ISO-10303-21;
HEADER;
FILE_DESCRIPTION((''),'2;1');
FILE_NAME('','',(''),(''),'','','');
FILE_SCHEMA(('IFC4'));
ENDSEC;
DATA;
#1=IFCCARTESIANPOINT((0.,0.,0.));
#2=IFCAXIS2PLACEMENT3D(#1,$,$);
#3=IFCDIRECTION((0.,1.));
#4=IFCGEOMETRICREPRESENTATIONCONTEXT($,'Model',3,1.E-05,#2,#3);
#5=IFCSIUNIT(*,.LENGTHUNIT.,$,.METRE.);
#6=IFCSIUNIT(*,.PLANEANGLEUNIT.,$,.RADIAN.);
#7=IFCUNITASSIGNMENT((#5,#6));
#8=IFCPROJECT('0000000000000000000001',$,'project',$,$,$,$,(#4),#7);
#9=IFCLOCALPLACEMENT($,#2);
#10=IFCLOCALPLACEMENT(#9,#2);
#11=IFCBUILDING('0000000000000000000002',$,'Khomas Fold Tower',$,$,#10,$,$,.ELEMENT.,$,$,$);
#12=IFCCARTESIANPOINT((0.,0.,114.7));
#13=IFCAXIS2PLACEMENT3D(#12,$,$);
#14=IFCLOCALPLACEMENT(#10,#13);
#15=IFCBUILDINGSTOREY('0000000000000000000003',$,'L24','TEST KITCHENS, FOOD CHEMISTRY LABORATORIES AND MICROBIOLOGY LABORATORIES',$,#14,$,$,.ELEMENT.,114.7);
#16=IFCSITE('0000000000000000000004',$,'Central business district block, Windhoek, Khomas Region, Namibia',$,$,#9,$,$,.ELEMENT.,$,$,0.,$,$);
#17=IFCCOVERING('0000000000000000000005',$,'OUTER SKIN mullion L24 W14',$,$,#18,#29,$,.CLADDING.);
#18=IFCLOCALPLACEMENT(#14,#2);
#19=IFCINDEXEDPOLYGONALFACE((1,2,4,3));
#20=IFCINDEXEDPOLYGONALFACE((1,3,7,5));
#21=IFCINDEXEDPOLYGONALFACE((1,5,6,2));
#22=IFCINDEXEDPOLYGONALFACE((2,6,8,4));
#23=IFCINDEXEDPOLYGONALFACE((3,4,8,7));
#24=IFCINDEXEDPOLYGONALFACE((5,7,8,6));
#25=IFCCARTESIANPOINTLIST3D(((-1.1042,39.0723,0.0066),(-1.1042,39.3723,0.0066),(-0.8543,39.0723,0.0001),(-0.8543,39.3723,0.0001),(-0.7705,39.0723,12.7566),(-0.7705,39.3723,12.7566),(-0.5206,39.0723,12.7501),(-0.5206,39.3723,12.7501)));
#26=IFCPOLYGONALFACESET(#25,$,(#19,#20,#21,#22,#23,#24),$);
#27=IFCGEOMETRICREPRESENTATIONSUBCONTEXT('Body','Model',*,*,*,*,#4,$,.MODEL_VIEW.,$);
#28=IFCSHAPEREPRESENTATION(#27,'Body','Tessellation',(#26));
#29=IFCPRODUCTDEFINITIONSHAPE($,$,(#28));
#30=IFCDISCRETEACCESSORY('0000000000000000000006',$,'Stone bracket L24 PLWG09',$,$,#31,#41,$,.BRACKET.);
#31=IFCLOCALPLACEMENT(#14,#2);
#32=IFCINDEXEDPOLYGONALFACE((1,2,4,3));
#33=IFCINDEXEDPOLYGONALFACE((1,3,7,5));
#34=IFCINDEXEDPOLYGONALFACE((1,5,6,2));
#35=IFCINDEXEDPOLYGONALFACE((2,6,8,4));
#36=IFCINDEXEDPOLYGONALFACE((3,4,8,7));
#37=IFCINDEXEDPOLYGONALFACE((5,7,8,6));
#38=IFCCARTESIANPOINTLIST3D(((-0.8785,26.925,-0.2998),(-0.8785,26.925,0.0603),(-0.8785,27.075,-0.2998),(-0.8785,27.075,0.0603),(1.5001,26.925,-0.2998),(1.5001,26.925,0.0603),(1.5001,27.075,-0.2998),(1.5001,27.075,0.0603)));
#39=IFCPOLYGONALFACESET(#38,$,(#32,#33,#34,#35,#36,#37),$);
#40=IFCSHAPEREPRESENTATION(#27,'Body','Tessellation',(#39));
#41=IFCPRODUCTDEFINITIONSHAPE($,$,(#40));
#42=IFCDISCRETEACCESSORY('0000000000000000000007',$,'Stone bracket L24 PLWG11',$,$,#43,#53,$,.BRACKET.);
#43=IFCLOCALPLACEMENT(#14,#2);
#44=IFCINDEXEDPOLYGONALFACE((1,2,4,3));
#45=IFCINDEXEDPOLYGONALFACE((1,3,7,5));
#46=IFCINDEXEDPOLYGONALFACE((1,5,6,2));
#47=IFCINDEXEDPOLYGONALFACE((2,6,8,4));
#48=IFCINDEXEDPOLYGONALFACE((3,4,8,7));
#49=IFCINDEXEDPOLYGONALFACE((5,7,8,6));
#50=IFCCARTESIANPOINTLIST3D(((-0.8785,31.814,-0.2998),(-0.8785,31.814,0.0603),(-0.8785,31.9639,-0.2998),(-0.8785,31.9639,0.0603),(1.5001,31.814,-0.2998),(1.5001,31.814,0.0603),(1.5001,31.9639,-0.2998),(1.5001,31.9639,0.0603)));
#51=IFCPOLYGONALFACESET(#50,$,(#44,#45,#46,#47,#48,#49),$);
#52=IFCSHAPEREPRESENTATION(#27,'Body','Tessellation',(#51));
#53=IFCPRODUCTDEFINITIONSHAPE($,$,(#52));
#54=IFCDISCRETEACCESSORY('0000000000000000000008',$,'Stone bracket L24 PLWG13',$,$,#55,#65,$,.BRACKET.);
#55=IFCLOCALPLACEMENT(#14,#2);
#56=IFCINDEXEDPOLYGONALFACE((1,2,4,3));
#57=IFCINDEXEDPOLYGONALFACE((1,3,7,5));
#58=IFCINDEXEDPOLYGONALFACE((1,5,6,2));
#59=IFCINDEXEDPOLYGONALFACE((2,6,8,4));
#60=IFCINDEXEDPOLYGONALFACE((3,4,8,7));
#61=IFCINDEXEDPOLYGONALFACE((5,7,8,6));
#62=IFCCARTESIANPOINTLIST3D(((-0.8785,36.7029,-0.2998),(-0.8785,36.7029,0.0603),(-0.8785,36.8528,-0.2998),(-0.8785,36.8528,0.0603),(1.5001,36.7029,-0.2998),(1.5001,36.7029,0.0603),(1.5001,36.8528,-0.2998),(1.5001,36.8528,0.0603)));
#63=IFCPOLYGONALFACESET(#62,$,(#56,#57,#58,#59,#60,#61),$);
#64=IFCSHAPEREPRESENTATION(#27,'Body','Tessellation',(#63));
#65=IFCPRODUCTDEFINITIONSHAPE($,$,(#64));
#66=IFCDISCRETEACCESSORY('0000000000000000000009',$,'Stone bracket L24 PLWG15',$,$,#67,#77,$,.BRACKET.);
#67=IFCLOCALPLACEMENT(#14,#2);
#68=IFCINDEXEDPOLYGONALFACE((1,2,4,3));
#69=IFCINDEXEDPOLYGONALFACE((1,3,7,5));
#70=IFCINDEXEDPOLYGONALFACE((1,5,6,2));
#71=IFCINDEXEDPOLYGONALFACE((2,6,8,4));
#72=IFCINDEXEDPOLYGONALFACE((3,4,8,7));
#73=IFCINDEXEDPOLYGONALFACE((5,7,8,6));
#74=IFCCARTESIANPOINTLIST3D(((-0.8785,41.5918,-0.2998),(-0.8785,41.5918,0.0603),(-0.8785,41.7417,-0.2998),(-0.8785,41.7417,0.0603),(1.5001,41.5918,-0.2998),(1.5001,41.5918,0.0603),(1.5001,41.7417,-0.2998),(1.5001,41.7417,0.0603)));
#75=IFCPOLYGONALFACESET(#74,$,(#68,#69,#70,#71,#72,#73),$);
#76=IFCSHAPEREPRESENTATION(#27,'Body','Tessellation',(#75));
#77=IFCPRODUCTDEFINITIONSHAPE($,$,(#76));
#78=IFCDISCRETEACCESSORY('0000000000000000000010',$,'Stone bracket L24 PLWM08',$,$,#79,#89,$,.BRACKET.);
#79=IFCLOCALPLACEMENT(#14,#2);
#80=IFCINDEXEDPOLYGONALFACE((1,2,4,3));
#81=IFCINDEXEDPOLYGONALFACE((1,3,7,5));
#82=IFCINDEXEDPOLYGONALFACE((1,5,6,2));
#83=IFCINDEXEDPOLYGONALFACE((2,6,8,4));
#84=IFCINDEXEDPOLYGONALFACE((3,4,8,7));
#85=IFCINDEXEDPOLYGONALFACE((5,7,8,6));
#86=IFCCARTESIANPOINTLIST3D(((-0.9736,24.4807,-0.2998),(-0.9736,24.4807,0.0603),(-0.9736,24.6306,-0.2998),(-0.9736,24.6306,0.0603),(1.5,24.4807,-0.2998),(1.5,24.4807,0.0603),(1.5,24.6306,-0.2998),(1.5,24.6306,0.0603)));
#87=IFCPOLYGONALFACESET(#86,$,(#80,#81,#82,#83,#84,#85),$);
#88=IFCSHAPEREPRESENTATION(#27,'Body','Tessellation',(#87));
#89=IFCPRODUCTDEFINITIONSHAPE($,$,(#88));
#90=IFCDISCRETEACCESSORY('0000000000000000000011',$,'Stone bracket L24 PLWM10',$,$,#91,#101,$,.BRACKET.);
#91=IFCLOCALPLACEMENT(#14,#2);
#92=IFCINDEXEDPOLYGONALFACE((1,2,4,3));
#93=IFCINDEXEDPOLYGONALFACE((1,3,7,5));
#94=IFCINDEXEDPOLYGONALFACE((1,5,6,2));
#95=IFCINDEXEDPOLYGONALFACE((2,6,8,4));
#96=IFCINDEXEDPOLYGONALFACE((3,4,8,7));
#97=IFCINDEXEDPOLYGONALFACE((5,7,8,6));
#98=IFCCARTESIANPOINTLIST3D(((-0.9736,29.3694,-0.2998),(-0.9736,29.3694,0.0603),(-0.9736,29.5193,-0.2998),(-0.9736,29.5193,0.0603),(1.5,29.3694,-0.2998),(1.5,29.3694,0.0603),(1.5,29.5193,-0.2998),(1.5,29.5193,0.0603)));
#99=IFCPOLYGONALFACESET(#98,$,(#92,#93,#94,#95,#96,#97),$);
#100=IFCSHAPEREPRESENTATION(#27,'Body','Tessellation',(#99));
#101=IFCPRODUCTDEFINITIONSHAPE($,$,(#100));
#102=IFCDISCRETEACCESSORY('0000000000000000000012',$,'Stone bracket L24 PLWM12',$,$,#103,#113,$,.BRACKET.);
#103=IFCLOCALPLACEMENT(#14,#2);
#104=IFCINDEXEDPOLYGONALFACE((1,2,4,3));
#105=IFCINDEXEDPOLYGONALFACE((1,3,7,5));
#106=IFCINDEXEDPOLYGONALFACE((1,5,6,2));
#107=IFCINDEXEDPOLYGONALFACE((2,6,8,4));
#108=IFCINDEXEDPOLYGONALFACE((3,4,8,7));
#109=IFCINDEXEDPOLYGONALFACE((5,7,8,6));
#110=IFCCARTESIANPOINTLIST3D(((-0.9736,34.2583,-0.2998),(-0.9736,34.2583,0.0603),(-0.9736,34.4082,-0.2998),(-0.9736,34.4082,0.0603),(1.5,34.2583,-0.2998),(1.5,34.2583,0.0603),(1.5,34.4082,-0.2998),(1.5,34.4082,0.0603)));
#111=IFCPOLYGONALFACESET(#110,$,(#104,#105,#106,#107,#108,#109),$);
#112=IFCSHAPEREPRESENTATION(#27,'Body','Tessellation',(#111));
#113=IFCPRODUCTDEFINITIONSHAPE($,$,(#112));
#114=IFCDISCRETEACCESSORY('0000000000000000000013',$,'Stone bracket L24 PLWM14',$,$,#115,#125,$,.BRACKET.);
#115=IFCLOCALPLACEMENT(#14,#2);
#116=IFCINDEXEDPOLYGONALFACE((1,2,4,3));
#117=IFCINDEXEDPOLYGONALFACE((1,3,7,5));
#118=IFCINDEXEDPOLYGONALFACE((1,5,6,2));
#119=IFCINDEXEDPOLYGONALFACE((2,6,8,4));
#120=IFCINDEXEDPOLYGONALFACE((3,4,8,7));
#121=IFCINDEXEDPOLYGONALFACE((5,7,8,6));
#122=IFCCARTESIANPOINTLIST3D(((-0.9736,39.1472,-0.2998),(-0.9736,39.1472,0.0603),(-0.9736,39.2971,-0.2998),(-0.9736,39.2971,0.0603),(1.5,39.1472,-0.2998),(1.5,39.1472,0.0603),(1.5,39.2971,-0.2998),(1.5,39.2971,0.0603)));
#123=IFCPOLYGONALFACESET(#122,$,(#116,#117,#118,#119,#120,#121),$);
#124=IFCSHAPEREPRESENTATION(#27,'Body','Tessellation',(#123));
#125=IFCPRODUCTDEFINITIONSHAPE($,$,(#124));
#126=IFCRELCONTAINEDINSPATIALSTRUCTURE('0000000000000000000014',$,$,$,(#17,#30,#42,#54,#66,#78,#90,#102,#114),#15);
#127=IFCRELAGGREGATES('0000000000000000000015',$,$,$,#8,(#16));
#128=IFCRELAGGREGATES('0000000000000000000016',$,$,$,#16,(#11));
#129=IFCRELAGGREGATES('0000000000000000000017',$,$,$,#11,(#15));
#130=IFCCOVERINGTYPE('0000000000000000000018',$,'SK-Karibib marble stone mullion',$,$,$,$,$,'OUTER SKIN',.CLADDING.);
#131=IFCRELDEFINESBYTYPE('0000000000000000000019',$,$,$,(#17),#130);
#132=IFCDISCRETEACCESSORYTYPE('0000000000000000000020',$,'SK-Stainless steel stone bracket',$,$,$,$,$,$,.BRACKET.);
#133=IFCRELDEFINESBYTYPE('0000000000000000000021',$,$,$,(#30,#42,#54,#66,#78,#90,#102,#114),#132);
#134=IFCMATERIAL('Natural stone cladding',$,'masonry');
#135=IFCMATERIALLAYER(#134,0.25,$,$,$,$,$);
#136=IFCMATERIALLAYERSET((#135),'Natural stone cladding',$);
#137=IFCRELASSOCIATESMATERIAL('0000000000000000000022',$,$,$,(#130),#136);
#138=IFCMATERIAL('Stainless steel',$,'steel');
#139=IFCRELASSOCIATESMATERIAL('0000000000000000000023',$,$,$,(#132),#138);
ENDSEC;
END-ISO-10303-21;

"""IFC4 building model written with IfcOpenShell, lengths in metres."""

from ifc_helpers import new_model, si_unit, direction, frame, origin, origin_2d, place, context, subcontext, project, spatial, polyline, rectangle, outline, extrude, source, transform, mapped, material, layer, layer_set, type_object, element, save


model = new_model("IFC4")

# Units and contexts
model_context = context("Model", 3, precision=1e-05, world=origin(), true_north=direction((0.0, 1.0)))
body_context = subcontext(model_context, "Body", "Model", "MODEL_VIEW")
ifc_project = project(units=[si_unit("LENGTHUNIT", "METRE"), si_unit("PLANEANGLEUNIT", "RADIAN")], contexts=[model_context])

# Site, building, storey
site_placement = place(None, origin())
site = spatial("IfcSite", under=ifc_project, at=site_placement, Name="Central business district block, Windhoek, Khomas Region, Namibia", CompositionType="ELEMENT", RefElevation=0.0)
building_placement = place(site_placement, origin())
building = spatial("IfcBuilding", under=site, at=building_placement, Name="Khomas Fold Tower", CompositionType="ELEMENT")
storey_placement = place(building_placement, frame((0.0, 0.0, 114.7)))
storey = spatial("IfcBuildingStorey", under=building, at=storey_placement, Name="L24", Description="TEST KITCHENS, FOOD CHEMISTRY LABORATORIES AND MICROBIOLOGY LABORATORIES", CompositionType="ELEMENT", Elevation=114.7)

# Covering
ifc_material_1 = material(Name="Natural stone cladding", Category="masonry")
ifc_layer_1 = layer(ifc_material_1, 0.25)
ifc_layer_set_1 = layer_set([ifc_layer_1], Name="Natural stone cladding")
covering_type = type_object("IfcCoveringType", Name="SK-Karibib marble stone mullion", ElementType="OUTER SKIN", PredefinedType="CLADDING", material=ifc_layer_set_1)
for number, where, z_axis, x_axis, name in (
    (1, (-1.1042, 39.0723, 0.0066), (-0.999658, 0.0, 0.026167), (0.0, 1.0, 0.0), "OUTER SKIN mullion L24 W14"),
):
    element("IfcCovering", number, at=place(storey_placement, frame(where, z_axis=z_axis, x_axis=x_axis)), inside=storey, type_object=covering_type, Name=name, PredefinedType="CLADDING", context=body_context, shape_type="SweptSolid", body=[
        extrude(outline(polyline([(0.0, 0.0), (0.3, 0.0), (0.3, -12.7544), (0.0, -12.7544), (0.0, 0.0)])), origin(), (0.0, 0.0, -1.0), 0.25),
    ])

# Discrete accessories
ifc_material_2 = material(Name="Stainless steel", Category="steel")
discrete_accessory_type = type_object("IfcDiscreteAccessoryType", Name="SK-Stainless steel stone bracket", PredefinedType="BRACKET", material=ifc_material_2)
shared_shape_1 = source(origin(), body_context, "Body", "SweptSolid", [
    extrude(rectangle(XDim=2.3787, YDim=0.1499, at=origin_2d()), origin(), (0.0, 0.0, 1.0), 0.3601),
])
for number, where, z_axis, x_axis, name in (
    (2, (0.3108, 27.0, -0.2998), (0.0, 0.0, 1.0), (-1.0, 0.0, 0.0), "Stone bracket L24 PLWG09"),
    (3, (0.3108, 31.8889, -0.2998), (0.0, 0.0, 1.0), (-1.0, 0.0, 0.0), "Stone bracket L24 PLWG11"),
    (4, (0.3108, 36.7778, -0.2998), (0.0, 0.0, 1.0), (-1.0, 0.0, 0.0), "Stone bracket L24 PLWG13"),
    (5, (0.3108, 41.6667, -0.2998), (0.0, 0.0, 1.0), (-1.0, 0.0, 0.0), "Stone bracket L24 PLWG15"),
):
    element("IfcDiscreteAccessory", number, at=place(storey_placement, frame(where, z_axis=z_axis, x_axis=x_axis)), inside=storey, type_object=discrete_accessory_type, Name=name, PredefinedType="BRACKET", context=body_context, shape_type="MappedRepresentation", body=[
        mapped(shared_shape_1, transform((0.0, 0.0, 0.0))),
    ])
shared_shape_2 = source(origin(), body_context, "Body", "SweptSolid", [
    extrude(rectangle(XDim=2.4736, YDim=0.1499, at=origin_2d()), origin(), (0.0, 0.0, 1.0), 0.3601),
])
for number, where, z_axis, x_axis, name in (
    (6, (0.2632, 24.5557, -0.2998), (0.0, 0.0, 1.0), (-1.0, 0.0, 0.0), "Stone bracket L24 PLWM08"),
    (7, (0.2632, 29.4443, -0.2998), (0.0, 0.0, 1.0), (-1.0, 0.0, 0.0), "Stone bracket L24 PLWM10"),
    (8, (0.2632, 34.3333, -0.2998), (0.0, 0.0, 1.0), (-1.0, 0.0, 0.0), "Stone bracket L24 PLWM12"),
    (9, (0.2632, 39.2222, -0.2998), (0.0, 0.0, 1.0), (-1.0, 0.0, 0.0), "Stone bracket L24 PLWM14"),
):
    element("IfcDiscreteAccessory", number, at=place(storey_placement, frame(where, z_axis=z_axis, x_axis=x_axis)), inside=storey, type_object=discrete_accessory_type, Name=name, PredefinedType="BRACKET", context=body_context, shape_type="MappedRepresentation", body=[
        mapped(shared_shape_2, transform((0.0, 0.0, 0.0))),
    ])

save(model, "model.ifc")
